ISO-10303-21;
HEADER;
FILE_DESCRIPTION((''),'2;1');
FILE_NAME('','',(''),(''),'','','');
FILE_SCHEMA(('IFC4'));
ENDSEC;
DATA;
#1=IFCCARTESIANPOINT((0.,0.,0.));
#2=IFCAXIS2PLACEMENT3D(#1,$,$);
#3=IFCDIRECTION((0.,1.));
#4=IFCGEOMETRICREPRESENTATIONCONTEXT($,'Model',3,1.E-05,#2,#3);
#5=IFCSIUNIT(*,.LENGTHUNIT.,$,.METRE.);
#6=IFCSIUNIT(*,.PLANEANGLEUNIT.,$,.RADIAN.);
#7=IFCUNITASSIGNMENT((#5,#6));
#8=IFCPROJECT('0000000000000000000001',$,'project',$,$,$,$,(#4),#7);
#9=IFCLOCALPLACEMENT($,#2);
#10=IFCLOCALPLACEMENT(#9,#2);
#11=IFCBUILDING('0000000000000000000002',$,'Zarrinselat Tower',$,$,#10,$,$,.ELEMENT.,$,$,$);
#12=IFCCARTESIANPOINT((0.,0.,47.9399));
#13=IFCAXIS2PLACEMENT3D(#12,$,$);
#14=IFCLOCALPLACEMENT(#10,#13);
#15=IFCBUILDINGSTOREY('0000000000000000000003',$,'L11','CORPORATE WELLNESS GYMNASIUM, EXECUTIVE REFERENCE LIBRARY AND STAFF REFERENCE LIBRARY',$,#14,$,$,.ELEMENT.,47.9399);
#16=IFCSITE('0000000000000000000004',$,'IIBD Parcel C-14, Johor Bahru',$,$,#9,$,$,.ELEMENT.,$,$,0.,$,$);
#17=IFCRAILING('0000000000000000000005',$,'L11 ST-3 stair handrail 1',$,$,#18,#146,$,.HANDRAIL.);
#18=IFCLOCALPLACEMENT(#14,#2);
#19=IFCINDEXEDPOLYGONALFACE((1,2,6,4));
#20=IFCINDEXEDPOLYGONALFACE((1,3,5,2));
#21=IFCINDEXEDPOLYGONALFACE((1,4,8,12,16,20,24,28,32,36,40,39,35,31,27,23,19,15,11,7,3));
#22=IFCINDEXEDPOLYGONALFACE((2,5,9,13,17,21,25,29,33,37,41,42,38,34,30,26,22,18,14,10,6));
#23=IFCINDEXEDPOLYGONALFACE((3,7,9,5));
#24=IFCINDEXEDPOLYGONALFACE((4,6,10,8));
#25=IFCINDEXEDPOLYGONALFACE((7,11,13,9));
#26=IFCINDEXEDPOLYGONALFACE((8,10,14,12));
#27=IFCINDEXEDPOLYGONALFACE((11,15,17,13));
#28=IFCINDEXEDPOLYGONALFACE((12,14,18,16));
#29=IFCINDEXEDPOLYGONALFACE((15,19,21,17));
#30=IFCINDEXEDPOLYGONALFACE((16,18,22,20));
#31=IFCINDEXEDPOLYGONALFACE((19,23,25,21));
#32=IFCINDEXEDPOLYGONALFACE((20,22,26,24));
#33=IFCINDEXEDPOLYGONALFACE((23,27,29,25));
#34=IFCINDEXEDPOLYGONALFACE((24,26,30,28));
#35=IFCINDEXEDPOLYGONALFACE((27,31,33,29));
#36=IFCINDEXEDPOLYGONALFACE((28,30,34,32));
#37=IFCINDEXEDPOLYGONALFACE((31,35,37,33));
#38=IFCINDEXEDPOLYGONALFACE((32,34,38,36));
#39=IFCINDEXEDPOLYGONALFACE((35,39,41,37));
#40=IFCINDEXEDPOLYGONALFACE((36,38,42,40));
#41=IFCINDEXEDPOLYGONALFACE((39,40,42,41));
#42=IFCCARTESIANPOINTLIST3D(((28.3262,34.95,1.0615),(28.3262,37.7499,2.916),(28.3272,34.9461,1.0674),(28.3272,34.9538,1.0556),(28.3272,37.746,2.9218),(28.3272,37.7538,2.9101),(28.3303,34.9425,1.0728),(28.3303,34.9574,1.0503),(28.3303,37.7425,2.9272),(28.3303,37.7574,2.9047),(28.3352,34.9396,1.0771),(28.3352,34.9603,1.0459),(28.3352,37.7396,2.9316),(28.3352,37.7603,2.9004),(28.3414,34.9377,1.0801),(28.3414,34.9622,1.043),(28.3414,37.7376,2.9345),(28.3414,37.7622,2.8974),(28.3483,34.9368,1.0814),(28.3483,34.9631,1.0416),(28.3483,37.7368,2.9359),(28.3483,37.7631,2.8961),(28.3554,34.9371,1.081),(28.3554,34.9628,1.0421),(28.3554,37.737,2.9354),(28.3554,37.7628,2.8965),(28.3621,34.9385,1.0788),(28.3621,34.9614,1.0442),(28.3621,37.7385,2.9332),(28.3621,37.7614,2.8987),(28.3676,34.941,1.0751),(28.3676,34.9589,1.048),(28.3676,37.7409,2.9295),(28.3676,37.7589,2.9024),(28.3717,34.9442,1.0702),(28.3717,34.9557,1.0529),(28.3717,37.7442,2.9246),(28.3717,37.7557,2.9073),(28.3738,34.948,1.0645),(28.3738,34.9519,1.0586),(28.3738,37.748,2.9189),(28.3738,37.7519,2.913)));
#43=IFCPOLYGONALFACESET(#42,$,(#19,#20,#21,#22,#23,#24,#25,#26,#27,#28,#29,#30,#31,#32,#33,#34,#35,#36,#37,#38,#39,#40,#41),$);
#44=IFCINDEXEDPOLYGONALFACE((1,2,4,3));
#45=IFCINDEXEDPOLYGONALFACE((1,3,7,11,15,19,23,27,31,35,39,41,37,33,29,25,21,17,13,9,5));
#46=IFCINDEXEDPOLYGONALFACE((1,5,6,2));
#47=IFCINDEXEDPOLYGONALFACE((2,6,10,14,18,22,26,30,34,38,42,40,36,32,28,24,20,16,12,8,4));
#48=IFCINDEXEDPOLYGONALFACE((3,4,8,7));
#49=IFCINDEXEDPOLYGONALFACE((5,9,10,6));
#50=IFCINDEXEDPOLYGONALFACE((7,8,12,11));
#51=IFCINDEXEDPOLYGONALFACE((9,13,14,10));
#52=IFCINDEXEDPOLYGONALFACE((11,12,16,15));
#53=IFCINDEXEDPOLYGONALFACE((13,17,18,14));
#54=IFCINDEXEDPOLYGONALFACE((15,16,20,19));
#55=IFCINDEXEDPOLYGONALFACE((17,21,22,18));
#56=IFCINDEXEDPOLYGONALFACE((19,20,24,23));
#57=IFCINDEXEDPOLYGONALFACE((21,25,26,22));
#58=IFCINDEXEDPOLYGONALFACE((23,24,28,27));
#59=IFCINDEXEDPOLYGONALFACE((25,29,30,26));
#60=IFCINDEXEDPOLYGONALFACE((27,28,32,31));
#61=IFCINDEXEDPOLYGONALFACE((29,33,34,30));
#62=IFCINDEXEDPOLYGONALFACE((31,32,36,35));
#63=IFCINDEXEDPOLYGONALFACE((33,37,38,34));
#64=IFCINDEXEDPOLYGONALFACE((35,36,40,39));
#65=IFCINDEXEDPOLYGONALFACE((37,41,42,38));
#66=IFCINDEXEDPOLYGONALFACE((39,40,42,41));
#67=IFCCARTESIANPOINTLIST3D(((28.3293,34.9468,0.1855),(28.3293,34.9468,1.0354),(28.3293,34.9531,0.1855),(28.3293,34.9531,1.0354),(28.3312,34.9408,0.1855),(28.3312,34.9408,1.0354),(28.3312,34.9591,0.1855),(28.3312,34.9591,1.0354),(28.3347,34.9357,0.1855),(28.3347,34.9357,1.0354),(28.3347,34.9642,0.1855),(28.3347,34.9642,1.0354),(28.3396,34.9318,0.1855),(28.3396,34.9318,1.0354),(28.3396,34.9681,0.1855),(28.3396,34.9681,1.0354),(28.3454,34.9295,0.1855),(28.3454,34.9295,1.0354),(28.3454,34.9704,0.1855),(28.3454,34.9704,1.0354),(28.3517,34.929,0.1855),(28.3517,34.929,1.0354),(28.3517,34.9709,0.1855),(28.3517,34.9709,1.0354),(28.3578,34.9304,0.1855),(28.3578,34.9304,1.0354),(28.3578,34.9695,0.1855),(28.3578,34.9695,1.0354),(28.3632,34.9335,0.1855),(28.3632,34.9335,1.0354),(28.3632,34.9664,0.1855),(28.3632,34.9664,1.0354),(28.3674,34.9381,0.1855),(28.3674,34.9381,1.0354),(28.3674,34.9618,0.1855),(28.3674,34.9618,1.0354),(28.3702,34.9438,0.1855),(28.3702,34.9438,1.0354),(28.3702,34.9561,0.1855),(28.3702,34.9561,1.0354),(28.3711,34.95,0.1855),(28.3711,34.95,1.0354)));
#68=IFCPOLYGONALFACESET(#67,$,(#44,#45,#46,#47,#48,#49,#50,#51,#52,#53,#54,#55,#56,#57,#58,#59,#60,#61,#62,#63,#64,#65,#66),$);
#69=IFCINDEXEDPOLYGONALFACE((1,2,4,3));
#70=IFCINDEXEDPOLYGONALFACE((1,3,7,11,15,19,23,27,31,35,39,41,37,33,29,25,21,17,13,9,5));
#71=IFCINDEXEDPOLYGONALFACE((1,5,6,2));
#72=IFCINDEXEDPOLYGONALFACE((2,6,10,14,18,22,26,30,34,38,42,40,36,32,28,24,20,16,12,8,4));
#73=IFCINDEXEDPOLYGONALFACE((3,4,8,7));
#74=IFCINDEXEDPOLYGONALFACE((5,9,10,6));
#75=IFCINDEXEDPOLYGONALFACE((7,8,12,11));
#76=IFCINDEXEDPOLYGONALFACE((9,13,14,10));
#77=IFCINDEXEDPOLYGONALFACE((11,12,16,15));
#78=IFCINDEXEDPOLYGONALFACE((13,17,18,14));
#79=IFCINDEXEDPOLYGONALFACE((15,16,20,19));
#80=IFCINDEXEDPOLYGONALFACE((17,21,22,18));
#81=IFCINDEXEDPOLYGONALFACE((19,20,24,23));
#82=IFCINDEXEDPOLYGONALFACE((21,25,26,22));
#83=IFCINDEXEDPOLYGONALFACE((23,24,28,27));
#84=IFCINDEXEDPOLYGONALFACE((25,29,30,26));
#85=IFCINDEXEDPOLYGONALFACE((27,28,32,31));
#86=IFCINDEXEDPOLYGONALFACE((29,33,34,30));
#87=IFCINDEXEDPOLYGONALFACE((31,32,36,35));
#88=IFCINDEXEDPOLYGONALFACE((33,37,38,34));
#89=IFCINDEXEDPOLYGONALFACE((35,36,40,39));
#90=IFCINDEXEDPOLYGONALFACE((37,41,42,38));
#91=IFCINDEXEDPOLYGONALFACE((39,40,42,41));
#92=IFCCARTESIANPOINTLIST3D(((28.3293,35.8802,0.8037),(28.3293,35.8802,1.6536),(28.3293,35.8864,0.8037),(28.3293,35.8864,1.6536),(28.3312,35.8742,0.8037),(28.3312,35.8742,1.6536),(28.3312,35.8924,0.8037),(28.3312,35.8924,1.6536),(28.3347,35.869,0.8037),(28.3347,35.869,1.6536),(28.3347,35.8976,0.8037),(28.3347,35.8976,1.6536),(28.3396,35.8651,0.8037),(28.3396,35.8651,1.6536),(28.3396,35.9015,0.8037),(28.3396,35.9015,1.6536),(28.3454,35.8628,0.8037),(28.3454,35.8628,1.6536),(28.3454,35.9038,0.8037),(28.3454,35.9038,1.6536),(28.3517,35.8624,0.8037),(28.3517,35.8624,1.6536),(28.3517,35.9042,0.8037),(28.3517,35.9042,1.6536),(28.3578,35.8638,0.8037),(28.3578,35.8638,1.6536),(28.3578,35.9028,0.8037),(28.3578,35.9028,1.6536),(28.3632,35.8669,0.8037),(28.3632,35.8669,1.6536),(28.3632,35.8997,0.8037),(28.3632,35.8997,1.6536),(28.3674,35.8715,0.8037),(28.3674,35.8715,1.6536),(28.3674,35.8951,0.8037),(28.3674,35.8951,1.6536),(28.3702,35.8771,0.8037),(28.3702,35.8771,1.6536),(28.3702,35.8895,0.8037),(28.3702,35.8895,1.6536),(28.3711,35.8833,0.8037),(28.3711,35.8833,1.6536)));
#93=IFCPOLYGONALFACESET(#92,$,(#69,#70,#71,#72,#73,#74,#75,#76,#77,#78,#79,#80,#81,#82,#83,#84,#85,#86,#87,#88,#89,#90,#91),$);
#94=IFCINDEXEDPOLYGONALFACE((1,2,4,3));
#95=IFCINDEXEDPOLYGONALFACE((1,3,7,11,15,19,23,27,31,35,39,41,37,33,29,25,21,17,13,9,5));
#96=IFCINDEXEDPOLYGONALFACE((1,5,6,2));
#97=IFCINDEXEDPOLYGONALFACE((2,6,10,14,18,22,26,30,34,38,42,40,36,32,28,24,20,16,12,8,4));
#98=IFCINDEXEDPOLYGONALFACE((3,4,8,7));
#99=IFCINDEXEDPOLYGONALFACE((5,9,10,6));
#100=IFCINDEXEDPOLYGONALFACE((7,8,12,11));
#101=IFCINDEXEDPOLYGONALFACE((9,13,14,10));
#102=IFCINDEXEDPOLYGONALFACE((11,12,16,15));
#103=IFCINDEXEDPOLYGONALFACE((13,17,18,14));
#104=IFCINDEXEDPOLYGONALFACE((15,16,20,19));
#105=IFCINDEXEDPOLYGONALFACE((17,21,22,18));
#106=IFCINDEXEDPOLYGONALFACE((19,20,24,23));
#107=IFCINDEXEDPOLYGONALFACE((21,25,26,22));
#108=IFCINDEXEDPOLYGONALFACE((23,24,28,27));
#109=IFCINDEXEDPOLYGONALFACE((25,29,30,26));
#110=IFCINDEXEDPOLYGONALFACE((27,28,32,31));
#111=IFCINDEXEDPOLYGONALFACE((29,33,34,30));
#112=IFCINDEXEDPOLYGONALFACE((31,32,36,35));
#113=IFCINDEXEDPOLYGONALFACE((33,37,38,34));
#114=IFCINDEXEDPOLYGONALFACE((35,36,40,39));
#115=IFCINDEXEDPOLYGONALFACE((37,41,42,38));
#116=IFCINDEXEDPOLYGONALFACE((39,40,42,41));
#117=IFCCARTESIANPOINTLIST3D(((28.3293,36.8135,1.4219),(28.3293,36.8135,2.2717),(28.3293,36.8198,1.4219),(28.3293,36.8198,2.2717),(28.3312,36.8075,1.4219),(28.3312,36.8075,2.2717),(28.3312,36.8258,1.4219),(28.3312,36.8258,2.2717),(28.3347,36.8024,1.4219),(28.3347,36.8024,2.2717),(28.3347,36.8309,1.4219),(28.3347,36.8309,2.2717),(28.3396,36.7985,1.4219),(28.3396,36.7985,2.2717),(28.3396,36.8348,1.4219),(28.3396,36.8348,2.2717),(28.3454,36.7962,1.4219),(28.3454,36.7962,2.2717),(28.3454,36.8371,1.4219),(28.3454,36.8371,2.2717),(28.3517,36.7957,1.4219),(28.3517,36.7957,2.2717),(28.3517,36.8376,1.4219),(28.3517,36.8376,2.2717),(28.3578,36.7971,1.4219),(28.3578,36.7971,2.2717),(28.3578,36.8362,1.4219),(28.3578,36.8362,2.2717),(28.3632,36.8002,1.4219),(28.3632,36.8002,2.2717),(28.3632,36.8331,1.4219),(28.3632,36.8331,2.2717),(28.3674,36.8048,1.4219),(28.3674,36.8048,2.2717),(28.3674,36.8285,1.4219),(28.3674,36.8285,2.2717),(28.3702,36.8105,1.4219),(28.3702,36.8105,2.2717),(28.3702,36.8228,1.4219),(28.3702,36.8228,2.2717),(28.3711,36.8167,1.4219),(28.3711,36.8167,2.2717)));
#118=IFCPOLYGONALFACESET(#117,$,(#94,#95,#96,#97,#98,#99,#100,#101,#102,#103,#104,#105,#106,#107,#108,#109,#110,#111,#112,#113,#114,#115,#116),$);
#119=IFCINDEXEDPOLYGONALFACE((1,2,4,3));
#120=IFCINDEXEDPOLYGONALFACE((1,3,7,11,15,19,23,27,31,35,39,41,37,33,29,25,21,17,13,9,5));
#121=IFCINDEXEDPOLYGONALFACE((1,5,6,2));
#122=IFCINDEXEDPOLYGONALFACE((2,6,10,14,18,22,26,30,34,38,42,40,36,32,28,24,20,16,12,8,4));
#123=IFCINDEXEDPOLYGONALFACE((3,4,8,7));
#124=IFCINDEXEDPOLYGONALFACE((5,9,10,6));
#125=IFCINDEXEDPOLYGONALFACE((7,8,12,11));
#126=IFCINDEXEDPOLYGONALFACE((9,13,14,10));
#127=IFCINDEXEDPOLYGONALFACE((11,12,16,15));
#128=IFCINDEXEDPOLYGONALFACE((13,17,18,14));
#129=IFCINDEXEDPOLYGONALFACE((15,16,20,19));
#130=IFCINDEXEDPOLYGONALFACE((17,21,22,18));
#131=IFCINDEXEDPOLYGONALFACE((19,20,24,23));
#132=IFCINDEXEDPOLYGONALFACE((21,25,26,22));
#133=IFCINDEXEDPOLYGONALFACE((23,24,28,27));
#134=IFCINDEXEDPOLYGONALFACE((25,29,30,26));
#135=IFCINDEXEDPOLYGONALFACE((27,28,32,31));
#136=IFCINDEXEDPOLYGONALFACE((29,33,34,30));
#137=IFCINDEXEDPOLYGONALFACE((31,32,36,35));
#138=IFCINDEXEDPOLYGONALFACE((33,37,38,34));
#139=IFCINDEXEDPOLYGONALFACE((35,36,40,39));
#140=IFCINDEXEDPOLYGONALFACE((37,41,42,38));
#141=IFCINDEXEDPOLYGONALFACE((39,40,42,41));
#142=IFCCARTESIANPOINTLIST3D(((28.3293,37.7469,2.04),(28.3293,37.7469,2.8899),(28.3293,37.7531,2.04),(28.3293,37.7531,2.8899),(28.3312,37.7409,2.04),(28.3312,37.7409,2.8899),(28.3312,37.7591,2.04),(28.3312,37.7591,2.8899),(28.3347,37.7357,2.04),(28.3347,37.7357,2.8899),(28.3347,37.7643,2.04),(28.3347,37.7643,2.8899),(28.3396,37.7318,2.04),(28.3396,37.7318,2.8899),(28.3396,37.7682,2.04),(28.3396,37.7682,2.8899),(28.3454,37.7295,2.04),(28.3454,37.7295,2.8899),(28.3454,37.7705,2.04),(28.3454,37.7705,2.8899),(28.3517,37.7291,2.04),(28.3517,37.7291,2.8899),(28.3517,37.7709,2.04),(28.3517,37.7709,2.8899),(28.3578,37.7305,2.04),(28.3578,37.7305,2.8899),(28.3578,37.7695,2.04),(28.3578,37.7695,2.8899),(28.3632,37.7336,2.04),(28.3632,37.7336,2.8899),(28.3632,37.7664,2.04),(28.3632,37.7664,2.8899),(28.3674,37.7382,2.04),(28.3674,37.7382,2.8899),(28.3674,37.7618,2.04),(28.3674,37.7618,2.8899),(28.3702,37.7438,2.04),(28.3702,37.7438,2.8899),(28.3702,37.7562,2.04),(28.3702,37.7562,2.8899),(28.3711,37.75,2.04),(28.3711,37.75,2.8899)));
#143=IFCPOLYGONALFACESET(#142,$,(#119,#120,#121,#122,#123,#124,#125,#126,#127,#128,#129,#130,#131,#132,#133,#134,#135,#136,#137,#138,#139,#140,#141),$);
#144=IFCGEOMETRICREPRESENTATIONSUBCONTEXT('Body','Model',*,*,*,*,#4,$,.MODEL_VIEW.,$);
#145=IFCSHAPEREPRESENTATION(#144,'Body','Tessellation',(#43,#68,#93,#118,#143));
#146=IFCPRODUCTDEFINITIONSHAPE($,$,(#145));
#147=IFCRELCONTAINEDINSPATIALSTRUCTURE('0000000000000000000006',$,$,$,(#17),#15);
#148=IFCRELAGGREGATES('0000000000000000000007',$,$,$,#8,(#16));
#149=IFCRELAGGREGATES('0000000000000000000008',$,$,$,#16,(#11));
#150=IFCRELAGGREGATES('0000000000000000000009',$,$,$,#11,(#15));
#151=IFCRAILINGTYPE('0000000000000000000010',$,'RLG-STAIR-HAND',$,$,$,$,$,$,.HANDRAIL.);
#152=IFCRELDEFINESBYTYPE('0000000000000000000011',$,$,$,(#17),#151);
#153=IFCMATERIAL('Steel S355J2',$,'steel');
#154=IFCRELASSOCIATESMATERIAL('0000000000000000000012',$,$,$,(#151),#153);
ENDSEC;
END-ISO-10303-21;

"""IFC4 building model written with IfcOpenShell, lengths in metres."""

from ifc_helpers import new_model, si_unit, direction, frame, origin, origin_2d, place, context, subcontext, project, spatial, circle, extrude, material, type_object, element, save


model = new_model("IFC4")

# Units and contexts
model_context = context("Model", 3, precision=1e-05, world=origin(), true_north=direction((0.0, 1.0)))
body_context = subcontext(model_context, "Body", "Model", "MODEL_VIEW")
ifc_project = project(units=[si_unit("LENGTHUNIT", "METRE"), si_unit("PLANEANGLEUNIT", "RADIAN")], contexts=[model_context])

# Site, building, storey
site_placement = place(None, origin())
site = spatial("IfcSite", under=ifc_project, at=site_placement, Name="IIBD Parcel C-14, Johor Bahru", CompositionType="ELEMENT", RefElevation=0.0)
building_placement = place(site_placement, origin())
building = spatial("IfcBuilding", under=site, at=building_placement, Name="Zarrinselat Tower", CompositionType="ELEMENT")
storey_placement = place(building_placement, frame((0.0, 0.0, 47.9399)))
storey = spatial("IfcBuildingStorey", under=building, at=storey_placement, Name="L11", Description="CORPORATE WELLNESS GYMNASIUM, EXECUTIVE REFERENCE LIBRARY AND STAFF REFERENCE LIBRARY", CompositionType="ELEMENT", Elevation=47.9399)

# Railing
ifc_material_1 = material(Name="Steel S355J2", Category="steel")
railing_type_1 = type_object("IfcRailingType", Name="RLG-STAIR-HAND", PredefinedType="HANDRAIL", material=ifc_material_1)
railing_1_placement = place(storey_placement, frame((28.3501, 34.95, 0.1855)))
element("IfcRailing", 1, at=railing_1_placement, inside=storey, type_object=railing_type_1, Name="L11 ST-3 stair handrail 1", PredefinedType="HANDRAIL", context=body_context, shape_type="SweptSolid", body=[
    extrude(circle(Radius=0.0239, at=origin_2d()), frame((0.0, 0.0, 0.876), z_axis=(0.0, 0.833724, 0.552181), x_axis=(-1.0, 0.0, 0.0)), (0.0, 0.0, 1.0), 3.3584),
    extrude(circle(Radius=0.021, at=origin_2d()), origin(), (0.0, 0.0, 1.0), 0.8499),
    extrude(circle(Radius=0.021, at=origin_2d()), frame((0.0, 0.9333, 0.6182)), (0.0, 0.0, 1.0), 0.8499),
    extrude(circle(Radius=0.021, at=origin_2d()), frame((0.0, 1.8667, 1.2363)), (0.0, 0.0, 1.0), 0.8499),
    extrude(circle(Radius=0.021, at=origin_2d()), frame((0.0, 2.8, 1.8545)), (0.0, 0.0, 1.0), 0.8499),
])

save(model, "model.ifc")
